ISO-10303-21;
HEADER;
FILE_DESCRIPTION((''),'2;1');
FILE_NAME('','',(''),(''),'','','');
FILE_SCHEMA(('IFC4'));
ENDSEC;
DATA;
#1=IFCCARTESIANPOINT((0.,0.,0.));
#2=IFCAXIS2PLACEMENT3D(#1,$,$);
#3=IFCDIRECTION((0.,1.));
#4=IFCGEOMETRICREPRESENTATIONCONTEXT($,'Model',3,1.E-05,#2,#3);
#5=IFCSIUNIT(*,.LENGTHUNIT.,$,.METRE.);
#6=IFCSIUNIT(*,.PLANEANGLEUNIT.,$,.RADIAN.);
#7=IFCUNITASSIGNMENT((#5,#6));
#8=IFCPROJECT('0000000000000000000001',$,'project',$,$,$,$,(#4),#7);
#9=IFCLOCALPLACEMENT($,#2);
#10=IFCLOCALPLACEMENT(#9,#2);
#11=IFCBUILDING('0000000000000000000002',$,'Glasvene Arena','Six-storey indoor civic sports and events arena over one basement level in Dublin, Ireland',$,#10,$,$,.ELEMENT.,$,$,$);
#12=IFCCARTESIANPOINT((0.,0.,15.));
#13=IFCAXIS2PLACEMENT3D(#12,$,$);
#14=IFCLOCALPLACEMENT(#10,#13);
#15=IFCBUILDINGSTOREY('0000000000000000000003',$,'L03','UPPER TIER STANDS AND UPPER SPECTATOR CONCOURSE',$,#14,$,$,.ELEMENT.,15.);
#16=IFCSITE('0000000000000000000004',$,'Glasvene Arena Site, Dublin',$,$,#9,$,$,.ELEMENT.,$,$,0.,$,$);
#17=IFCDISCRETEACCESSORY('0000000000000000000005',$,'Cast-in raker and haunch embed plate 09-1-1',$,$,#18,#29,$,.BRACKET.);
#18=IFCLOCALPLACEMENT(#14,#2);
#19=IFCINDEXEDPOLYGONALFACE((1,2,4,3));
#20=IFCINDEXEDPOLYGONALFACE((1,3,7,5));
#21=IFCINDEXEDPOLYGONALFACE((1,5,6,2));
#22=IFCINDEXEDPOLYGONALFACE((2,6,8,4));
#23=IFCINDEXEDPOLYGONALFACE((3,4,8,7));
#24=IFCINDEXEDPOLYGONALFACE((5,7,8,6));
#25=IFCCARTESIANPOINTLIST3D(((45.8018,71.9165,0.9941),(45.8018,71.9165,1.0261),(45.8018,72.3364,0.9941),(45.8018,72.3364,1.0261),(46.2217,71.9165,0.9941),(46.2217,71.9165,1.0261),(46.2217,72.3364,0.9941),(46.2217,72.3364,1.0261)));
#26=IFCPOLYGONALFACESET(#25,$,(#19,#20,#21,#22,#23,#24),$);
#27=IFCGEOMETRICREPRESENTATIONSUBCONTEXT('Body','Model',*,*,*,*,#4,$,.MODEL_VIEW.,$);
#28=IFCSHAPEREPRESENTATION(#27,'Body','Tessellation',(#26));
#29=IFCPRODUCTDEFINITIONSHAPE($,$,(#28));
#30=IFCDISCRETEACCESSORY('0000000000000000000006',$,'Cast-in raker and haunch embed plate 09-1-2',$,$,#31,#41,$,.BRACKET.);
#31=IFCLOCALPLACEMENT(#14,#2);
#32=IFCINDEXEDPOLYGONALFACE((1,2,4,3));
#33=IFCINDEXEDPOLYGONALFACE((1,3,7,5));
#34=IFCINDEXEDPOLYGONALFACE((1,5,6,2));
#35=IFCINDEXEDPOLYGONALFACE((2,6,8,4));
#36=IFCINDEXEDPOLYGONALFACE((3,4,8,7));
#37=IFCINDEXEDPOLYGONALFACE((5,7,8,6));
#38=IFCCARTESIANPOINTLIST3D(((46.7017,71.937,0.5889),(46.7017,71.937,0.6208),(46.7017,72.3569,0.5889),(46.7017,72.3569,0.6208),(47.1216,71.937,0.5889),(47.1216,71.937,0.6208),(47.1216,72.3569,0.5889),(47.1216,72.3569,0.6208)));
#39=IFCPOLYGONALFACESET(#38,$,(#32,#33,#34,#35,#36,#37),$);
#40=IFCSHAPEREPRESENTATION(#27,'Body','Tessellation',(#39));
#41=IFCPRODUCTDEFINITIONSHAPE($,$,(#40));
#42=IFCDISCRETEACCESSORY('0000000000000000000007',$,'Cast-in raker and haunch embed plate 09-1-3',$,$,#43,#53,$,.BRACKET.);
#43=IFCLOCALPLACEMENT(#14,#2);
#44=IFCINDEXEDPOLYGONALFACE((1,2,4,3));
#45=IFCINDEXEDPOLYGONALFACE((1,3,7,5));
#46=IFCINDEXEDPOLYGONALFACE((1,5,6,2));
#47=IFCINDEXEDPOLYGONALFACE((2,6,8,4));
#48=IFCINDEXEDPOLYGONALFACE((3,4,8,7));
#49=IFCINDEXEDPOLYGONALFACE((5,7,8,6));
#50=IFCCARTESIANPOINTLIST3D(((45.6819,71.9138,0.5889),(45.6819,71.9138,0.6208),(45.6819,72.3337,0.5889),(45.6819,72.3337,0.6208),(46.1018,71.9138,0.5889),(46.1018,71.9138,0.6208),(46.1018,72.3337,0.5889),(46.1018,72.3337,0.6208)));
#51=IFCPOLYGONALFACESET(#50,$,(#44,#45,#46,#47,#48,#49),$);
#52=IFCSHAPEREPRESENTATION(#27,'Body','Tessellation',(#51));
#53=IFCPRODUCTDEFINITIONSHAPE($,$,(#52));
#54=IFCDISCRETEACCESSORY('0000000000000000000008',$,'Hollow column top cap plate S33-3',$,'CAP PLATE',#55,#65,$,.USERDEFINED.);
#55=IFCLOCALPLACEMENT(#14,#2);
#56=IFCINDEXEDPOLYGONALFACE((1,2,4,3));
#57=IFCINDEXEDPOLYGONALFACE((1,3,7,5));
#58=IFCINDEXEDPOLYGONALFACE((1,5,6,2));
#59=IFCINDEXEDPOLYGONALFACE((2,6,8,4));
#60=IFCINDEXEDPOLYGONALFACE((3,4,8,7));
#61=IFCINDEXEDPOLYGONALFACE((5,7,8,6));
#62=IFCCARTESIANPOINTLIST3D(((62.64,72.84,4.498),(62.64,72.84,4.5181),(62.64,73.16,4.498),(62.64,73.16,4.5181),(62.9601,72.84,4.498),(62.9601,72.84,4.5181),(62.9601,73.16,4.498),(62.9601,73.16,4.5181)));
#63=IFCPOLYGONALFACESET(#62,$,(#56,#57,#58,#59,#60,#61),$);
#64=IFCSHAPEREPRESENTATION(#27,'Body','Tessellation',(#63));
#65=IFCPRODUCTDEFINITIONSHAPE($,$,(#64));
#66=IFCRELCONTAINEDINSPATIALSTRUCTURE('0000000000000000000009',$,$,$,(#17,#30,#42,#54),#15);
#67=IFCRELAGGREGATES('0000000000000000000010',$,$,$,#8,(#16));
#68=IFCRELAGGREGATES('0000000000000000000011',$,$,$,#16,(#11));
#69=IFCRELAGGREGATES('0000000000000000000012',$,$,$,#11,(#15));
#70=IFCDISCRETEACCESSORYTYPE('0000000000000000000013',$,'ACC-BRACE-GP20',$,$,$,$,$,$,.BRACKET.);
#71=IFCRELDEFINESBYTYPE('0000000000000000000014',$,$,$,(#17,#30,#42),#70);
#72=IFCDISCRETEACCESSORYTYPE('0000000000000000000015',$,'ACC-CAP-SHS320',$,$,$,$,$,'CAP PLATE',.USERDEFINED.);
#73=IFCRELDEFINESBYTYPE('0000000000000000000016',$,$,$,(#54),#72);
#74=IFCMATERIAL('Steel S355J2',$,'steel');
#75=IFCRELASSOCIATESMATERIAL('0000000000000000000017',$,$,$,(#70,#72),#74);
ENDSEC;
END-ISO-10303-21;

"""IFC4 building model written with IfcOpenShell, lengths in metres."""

from ifc_helpers import new_model, si_unit, direction, frame, origin, origin_2d, place, context, subcontext, project, spatial, rectangle, extrude, material, type_object, element, save


model = new_model("IFC4")

# Units and contexts
model_context = context("Model", 3, precision=1e-05, world=origin(), true_north=direction((0.0, 1.0)))
body_context = subcontext(model_context, "Body", "Model", "MODEL_VIEW")
ifc_project = project(units=[si_unit("LENGTHUNIT", "METRE"), si_unit("PLANEANGLEUNIT", "RADIAN")], contexts=[model_context])

# Site, building, storey
site_placement = place(None, origin())
site = spatial("IfcSite", under=ifc_project, at=site_placement, Name="Glasvene Arena Site, Dublin", CompositionType="ELEMENT", RefElevation=0.0)
building_placement = place(site_placement, origin())
building = spatial("IfcBuilding", under=site, at=building_placement, Name="Glasvene Arena", Description="Six-storey indoor civic sports and events arena over one basement level in Dublin, Ireland", CompositionType="ELEMENT")
storey_placement = place(building_placement, frame((0.0, 0.0, 15.0)))
storey = spatial("IfcBuildingStorey", under=building, at=storey_placement, Name="L03", Description="UPPER TIER STANDS AND UPPER SPECTATOR CONCOURSE", CompositionType="ELEMENT", Elevation=15.0)

# Shared definitions
ifc_material_1 = material(Name="Steel S355J2", Category="steel")

# Discrete accessories
discrete_accessory_type_1 = type_object("IfcDiscreteAccessoryType", Name="ACC-BRACE-GP20", PredefinedType="BRACKET", material=ifc_material_1)
for number, where, z_axis, x_axis, name in (
    (1, (46.0117, 72.1265, 0.9941), (0.0, 0.0, 1.0), (1.0, 0.0, 0.0), "Cast-in raker and haunch embed plate 09-1-1"),
    (2, (46.9116, 72.147, 0.5889), (0.0, 0.0, 1.0), (1.0, 0.0, 0.0), "Cast-in raker and haunch embed plate 09-1-2"),
    (3, (45.8918, 72.1238, 0.5889), (0.0, 0.0, 1.0), (1.0, 0.0, 0.0), "Cast-in raker and haunch embed plate 09-1-3"),
):
    element("IfcDiscreteAccessory", number, at=place(storey_placement, frame(where, z_axis=z_axis, x_axis=x_axis)), inside=storey, type_object=discrete_accessory_type_1, Name=name, PredefinedType="BRACKET", context=body_context, shape_type="SweptSolid", body=[
        extrude(rectangle(XDim=0.4199, YDim=0.4199, at=origin_2d()), origin(), (0.0, 0.0, 1.0), 0.032),
    ])
discrete_accessory_type_2 = type_object("IfcDiscreteAccessoryType", Name="ACC-CAP-SHS320", ElementType="CAP PLATE", PredefinedType="USERDEFINED", material=ifc_material_1)
discrete_accessory_placement = place(storey_placement, frame((62.8, 73.0, 4.498), z_axis=(0.0, 0.0, 1.0), x_axis=(1.0, 0.0, 0.0)))
element("IfcDiscreteAccessory", 4, at=discrete_accessory_placement, inside=storey, type_object=discrete_accessory_type_2, Name="Hollow column top cap plate S33-3", ObjectType="CAP PLATE", PredefinedType="USERDEFINED", context=body_context, shape_type="SweptSolid", body=[
    extrude(rectangle(XDim=0.3201, YDim=0.3201, at=origin_2d()), origin(), (0.0, 0.0, 1.0), 0.02),
])

save(model, "model.ifc")
